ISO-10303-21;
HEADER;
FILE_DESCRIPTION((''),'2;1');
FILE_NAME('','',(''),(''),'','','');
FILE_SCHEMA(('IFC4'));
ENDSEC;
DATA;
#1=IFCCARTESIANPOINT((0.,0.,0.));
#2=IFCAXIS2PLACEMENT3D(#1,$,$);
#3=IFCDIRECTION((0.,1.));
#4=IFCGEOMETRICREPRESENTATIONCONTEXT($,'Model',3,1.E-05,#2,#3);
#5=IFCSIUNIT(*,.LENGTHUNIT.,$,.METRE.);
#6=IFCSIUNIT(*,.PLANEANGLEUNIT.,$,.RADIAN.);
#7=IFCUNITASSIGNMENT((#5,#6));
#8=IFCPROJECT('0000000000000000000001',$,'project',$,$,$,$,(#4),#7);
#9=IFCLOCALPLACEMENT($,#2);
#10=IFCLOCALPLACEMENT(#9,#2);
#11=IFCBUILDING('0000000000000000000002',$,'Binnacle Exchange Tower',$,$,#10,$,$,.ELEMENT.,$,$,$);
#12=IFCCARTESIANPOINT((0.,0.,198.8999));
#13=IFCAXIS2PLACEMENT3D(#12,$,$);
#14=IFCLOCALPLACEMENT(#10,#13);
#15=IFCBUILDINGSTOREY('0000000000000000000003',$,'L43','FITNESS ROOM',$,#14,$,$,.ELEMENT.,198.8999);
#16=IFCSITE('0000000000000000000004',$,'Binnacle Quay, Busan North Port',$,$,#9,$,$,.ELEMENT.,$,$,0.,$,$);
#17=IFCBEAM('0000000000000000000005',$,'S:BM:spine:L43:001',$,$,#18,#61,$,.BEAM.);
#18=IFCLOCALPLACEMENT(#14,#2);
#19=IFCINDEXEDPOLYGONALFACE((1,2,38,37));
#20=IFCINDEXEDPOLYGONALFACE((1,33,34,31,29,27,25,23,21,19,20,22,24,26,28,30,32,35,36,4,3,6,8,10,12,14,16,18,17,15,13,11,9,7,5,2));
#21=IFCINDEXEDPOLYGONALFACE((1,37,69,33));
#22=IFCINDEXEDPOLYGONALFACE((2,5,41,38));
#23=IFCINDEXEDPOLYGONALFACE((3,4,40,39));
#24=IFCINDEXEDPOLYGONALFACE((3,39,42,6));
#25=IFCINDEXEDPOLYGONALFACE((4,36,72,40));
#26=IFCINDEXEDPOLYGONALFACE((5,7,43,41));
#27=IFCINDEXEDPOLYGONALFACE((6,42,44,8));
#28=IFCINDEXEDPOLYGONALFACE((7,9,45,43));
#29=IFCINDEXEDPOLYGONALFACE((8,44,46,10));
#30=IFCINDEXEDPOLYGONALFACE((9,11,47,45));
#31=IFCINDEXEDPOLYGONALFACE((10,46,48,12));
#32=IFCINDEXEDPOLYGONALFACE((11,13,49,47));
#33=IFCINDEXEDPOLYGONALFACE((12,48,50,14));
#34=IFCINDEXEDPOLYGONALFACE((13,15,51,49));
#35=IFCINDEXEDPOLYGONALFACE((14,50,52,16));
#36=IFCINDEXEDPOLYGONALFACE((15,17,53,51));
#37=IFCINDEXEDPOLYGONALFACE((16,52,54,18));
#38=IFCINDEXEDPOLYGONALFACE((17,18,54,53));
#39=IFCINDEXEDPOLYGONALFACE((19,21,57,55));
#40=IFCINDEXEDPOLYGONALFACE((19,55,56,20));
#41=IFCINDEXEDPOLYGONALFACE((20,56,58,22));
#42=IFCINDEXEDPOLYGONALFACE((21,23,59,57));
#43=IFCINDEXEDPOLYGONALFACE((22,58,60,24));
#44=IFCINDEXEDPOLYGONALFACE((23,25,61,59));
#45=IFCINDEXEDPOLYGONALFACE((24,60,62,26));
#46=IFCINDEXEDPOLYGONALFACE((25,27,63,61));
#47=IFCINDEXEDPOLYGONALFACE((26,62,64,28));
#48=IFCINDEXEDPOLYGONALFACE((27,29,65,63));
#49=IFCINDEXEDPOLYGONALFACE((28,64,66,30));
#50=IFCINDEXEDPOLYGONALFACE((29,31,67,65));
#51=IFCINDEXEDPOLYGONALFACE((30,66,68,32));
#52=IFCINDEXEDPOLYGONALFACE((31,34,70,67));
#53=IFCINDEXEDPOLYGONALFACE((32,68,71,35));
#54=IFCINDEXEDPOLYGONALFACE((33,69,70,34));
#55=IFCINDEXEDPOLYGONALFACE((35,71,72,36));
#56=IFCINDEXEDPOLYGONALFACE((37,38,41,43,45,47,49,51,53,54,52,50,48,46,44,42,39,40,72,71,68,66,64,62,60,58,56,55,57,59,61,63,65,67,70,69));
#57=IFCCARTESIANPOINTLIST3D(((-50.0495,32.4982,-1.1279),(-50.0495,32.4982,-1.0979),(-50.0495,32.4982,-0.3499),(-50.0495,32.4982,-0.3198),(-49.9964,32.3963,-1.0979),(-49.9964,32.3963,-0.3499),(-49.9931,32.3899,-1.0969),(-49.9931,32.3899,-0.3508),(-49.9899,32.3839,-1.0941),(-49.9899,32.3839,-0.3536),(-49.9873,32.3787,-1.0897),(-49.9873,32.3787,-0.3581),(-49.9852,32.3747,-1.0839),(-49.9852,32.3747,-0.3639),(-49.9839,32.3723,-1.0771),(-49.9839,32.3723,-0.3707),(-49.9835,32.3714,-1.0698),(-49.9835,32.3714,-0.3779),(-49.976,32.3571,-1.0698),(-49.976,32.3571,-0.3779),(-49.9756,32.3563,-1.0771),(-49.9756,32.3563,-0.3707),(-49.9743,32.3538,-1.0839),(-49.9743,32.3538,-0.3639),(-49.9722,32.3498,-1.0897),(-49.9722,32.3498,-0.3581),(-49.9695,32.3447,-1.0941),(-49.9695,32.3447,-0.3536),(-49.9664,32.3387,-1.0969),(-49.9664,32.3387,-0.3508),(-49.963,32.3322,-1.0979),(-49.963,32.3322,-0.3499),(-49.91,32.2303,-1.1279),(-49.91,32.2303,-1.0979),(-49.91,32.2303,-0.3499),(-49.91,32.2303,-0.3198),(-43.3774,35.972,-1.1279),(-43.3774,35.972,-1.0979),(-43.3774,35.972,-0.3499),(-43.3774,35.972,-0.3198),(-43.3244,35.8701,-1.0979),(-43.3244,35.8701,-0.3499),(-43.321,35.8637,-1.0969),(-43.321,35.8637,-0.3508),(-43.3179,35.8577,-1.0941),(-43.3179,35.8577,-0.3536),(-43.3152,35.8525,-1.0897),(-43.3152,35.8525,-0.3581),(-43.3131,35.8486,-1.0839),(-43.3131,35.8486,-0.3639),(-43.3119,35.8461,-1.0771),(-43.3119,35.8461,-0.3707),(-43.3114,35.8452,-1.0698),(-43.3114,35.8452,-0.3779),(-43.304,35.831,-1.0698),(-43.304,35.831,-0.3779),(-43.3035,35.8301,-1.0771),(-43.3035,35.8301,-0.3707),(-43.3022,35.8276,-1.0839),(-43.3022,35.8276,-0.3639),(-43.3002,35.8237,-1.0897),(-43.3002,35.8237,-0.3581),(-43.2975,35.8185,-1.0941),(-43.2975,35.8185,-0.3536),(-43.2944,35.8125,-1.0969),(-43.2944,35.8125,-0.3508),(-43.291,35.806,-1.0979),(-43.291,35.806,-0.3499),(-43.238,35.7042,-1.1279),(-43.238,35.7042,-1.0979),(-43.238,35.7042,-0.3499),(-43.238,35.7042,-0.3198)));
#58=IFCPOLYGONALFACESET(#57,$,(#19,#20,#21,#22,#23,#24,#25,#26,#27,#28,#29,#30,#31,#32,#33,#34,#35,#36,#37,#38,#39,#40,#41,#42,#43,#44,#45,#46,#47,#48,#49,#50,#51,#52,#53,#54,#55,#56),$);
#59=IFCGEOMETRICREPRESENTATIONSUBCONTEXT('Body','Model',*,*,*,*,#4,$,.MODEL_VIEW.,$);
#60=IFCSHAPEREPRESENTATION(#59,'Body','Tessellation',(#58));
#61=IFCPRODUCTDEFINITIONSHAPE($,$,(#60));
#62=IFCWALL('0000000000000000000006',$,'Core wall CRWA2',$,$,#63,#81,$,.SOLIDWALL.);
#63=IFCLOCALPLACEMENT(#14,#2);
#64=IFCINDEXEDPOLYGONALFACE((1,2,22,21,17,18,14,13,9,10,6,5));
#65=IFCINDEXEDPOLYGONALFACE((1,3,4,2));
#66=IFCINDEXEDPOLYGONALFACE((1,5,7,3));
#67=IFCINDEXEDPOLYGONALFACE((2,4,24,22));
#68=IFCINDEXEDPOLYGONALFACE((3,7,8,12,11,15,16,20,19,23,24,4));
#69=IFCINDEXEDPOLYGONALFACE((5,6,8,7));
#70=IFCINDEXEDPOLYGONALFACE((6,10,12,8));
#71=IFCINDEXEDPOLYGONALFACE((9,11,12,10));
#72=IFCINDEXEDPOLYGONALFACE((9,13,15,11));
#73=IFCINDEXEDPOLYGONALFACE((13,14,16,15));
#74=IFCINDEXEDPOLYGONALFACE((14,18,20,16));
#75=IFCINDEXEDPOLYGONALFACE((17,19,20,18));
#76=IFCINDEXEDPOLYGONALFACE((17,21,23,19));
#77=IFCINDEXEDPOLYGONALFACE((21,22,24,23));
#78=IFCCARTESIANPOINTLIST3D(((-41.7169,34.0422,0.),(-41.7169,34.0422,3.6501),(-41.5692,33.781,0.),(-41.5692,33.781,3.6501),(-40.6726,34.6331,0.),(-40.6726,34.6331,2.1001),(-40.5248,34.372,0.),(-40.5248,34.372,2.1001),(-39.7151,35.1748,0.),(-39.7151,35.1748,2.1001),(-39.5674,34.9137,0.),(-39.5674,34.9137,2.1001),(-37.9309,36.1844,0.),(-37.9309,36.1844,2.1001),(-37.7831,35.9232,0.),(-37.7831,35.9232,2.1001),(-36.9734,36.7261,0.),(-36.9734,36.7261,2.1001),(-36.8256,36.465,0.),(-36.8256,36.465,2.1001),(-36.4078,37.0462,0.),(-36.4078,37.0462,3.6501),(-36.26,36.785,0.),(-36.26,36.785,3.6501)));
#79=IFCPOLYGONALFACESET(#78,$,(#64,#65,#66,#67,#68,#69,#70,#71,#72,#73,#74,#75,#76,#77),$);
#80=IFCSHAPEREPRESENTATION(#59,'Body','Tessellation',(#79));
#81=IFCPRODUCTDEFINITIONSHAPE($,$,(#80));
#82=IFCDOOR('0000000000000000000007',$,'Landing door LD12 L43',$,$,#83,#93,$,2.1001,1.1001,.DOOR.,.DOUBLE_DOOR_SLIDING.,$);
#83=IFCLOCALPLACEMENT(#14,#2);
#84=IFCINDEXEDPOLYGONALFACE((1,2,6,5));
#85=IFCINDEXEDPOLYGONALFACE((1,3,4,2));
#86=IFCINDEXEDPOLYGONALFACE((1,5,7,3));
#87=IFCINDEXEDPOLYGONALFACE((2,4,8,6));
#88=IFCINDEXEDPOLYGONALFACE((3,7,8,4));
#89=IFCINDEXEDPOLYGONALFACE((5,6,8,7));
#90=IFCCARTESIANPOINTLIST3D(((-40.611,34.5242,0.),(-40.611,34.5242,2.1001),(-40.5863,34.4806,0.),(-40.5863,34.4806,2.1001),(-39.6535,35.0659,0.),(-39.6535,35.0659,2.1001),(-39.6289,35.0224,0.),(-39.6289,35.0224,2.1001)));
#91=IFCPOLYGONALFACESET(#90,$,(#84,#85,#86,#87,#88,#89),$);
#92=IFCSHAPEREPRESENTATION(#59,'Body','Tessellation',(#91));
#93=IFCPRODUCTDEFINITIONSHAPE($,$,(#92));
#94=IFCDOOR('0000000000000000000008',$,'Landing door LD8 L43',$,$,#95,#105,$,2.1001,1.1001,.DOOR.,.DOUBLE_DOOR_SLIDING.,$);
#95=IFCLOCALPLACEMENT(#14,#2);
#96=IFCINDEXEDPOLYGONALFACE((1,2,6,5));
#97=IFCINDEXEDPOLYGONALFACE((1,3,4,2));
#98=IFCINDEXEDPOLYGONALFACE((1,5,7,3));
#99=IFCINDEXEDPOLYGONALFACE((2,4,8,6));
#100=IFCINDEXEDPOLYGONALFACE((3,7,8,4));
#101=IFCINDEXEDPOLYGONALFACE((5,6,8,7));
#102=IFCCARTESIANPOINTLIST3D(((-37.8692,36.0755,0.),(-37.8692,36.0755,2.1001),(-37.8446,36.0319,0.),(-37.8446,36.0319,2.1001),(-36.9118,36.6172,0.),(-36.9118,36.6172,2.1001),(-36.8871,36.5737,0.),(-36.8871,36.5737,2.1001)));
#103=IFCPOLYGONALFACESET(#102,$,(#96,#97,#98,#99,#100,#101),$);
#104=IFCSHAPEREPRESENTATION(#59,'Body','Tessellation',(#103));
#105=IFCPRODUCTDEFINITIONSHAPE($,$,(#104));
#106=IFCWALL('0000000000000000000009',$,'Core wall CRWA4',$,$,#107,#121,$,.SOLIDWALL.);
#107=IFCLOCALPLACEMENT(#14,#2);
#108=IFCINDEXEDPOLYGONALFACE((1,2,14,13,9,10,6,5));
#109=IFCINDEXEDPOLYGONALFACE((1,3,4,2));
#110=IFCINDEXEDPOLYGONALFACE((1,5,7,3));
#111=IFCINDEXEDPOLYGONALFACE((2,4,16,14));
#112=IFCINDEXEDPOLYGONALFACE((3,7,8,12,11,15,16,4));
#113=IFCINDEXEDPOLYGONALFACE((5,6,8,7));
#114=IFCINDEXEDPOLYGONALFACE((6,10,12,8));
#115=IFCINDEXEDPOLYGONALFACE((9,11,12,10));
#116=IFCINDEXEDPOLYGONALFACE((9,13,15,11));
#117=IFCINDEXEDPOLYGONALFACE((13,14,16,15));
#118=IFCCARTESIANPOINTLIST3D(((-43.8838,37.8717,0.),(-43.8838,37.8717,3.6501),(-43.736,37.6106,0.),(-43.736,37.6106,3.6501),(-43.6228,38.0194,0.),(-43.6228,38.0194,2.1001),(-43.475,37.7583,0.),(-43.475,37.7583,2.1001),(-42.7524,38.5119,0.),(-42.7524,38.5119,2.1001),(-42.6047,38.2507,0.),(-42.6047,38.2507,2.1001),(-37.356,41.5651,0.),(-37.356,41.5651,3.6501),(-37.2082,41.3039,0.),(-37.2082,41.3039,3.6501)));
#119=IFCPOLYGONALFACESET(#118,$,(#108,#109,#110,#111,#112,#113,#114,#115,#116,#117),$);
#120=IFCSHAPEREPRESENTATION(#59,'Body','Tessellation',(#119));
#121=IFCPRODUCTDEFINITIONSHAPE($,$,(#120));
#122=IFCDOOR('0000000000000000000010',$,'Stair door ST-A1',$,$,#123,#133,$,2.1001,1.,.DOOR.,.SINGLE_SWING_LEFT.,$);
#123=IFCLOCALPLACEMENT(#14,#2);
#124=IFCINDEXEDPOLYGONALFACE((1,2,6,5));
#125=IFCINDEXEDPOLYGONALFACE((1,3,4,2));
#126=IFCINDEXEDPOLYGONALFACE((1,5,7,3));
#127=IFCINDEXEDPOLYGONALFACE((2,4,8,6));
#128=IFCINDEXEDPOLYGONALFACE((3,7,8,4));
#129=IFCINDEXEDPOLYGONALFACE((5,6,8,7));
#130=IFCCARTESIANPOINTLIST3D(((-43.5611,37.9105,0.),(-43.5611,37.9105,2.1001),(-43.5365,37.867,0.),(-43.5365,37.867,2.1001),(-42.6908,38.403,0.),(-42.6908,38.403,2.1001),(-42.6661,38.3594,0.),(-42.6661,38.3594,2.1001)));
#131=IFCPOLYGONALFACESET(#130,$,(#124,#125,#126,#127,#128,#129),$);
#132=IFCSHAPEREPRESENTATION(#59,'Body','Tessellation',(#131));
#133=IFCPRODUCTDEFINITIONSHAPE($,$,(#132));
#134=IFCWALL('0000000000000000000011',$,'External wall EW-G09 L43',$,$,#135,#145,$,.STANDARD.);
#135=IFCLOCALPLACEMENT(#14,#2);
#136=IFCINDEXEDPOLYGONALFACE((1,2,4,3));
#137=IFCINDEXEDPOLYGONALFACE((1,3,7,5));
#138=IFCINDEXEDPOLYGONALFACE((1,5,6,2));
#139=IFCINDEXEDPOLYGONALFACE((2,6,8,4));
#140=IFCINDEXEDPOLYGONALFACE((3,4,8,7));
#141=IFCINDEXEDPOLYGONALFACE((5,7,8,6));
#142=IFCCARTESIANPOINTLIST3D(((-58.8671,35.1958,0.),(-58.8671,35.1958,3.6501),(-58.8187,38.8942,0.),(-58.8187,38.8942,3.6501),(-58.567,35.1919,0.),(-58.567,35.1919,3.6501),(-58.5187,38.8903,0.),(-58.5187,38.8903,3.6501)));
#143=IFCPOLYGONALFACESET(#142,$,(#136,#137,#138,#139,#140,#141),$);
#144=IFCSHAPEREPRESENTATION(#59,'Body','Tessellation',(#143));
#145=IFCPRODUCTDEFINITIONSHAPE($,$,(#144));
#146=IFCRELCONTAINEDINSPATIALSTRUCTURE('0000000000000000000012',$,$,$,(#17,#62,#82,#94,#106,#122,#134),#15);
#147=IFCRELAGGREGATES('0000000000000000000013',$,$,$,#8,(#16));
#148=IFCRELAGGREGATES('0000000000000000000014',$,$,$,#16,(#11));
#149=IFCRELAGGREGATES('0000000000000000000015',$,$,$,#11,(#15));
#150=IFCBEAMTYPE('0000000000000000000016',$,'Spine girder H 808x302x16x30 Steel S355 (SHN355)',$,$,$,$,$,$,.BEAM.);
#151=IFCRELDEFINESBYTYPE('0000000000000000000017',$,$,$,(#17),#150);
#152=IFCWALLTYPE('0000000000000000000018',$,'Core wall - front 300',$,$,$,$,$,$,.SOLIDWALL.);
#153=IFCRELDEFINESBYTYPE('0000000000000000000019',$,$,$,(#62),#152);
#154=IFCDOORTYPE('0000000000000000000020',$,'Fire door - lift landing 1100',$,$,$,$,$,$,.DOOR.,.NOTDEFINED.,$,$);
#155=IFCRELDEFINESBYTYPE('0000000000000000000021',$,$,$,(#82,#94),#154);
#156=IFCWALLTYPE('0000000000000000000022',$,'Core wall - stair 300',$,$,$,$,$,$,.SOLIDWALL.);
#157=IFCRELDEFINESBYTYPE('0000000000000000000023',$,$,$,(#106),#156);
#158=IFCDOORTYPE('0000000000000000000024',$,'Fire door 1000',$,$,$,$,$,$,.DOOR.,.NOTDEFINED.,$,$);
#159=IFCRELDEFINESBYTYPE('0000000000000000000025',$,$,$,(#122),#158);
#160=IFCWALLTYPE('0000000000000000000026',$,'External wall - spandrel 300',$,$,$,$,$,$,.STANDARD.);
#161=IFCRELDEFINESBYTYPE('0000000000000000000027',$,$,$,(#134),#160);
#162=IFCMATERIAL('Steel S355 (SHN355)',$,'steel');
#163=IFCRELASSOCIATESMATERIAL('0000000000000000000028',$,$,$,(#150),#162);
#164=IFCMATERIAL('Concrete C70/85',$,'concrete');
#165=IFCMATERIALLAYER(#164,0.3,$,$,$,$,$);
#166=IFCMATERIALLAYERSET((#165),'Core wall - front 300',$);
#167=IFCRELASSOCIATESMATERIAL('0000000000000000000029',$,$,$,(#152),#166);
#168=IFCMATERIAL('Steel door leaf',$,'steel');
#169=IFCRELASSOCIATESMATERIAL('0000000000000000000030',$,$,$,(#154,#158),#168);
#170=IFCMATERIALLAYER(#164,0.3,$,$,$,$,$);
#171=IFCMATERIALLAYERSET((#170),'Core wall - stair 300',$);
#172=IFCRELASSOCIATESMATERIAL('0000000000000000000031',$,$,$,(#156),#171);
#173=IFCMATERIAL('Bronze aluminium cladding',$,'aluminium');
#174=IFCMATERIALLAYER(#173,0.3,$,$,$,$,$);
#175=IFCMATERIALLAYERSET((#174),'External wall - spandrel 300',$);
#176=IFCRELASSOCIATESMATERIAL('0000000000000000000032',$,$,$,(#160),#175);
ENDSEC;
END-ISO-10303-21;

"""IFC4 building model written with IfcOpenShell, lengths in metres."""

from ifc_helpers import new_model, si_unit, direction, frame, frame_2d, origin, origin_2d, place, context, subcontext, project, spatial, rectangle, i_section, extrude, material, layer, layer_set, material_profile, profile_set, type_object, element, fill, save


model = new_model("IFC4")

# Units and contexts
model_context = context("Model", 3, precision=1e-05, world=origin(), true_north=direction((0.0, 1.0)))
body_context = subcontext(model_context, "Body", "Model", "MODEL_VIEW")
ifc_project = project(units=[si_unit("LENGTHUNIT", "METRE"), si_unit("PLANEANGLEUNIT", "RADIAN")], contexts=[model_context])

# Site, building, storey
site_placement = place(None, origin())
site = spatial("IfcSite", under=ifc_project, at=site_placement, Name="Binnacle Quay, Busan North Port", CompositionType="ELEMENT", RefElevation=0.0)
building_placement = place(site_placement, origin())
building = spatial("IfcBuilding", under=site, at=building_placement, Name="Binnacle Exchange Tower", CompositionType="ELEMENT")
storey_placement = place(building_placement, frame((0.0, 0.0, 198.8999)))
storey = spatial("IfcBuildingStorey", under=building, at=storey_placement, Name="L43", Description="FITNESS ROOM", CompositionType="ELEMENT", Elevation=198.8999)

# Shared definitions
ifc_material_1 = material(Name="Concrete C70/85", Category="concrete")

# Beam
ifc_material_2 = material(Name="Steel S355 (SHN355)", Category="steel")
ifc_material_profile_1 = material_profile(ifc_material_2, i_section(OverallWidth=0.302, OverallDepth=0.8081, WebThickness=0.0161, FlangeThickness=0.03, FilletRadius=0.0281, at=origin_2d()), Name="H 808x302x16x30")
ifc_profile_set_1 = profile_set([ifc_material_profile_1], Name="Steel S355 (SHN355)")
beam_type_1 = type_object("IfcBeamType", Name="Spine girder H 808x302x16x30 Steel S355 (SHN355)", PredefinedType="BEAM", material=ifc_profile_set_1)
beam_1_placement = place(storey_placement, frame((-49.9797, 32.3643, -0.7239), z_axis=(0.886979, 0.46181, 0.0), x_axis=(-0.46181, 0.886979, 0.0)))
element("IfcBeam", 1, at=beam_1_placement, inside=storey, type_object=beam_type_1, Name="S:BM:spine:L43:001", PredefinedType="BEAM", context=body_context, shape_type="SweptSolid", body=[
    extrude(i_section(OverallWidth=0.302, OverallDepth=0.8081, WebThickness=0.0161, FlangeThickness=0.03, FilletRadius=0.0281, at=origin_2d()), origin(), (0.0, 0.0, 1.0), 7.5222),
])

# Wall, openings, doors
ifc_layer_1 = layer(ifc_material_1, 0.3)
ifc_layer_set_1 = layer_set([ifc_layer_1], Name="Core wall - front 300")
wall_type_1 = type_object("IfcWallType", Name="Core wall - front 300", PredefinedType="SOLIDWALL", material=ifc_layer_set_1)
wall_1_placement = place(storey_placement, frame((-41.6431, 33.9116, 0.0), z_axis=(0.0, 0.0, 1.0), x_axis=(0.870344, 0.492445, 0.0)))
wall_1 = element("IfcWall", 2, at=wall_1_placement, inside=storey, type_object=wall_type_1, Name="Core wall CRWA2", PredefinedType="SOLIDWALL", context=body_context, shape_type="SweptSolid", body=[
    extrude(rectangle(XDim=6.1001, YDim=0.3, at=frame_2d((3.05, 0.0))), origin(), (0.0, 0.0, 1.0), 3.6501),
])
opening_1_placement = place(wall_1_placement, frame((1.2, 0.0, 0.0)))
opening_1 = element("IfcOpeningElement", 3, at=opening_1_placement, cuts=wall_1, PredefinedType="OPENING", context=body_context, shape_type="SweptSolid", body=[
    extrude(rectangle(XDim=1.1001, YDim=2.1001, at=frame_2d((0.55, 1.05))), frame((0.0, 0.1599, 0.0), z_axis=(0.0, -1.0, 0.0), x_axis=(1.0, 0.0, 0.0)), (0.0, 0.0, 1.0), 0.3201),
])
opening_2_placement = place(wall_1_placement, frame((4.3501, 0.0, 0.0)))
opening_2 = element("IfcOpeningElement", 4, at=opening_2_placement, cuts=wall_1, PredefinedType="OPENING", context=body_context, shape_type="SweptSolid", body=[
    extrude(rectangle(XDim=1.1001, YDim=2.1001, at=frame_2d((0.55, 1.05))), frame((0.0, 0.1599, 0.0), z_axis=(0.0, -1.0, 0.0), x_axis=(1.0, 0.0, 0.0)), (0.0, 0.0, 1.0), 0.3201),
])
ifc_material_3 = material(Name="Steel door leaf", Category="steel")
door_type_1 = type_object("IfcDoorType", Name="Fire door - lift landing 1100", OperationType="NOTDEFINED", PredefinedType="DOOR", material=ifc_material_3)
door_1_placement = place(opening_1_placement, origin())
door_1 = element("IfcDoor", 5, at=door_1_placement, inside=storey, type_object=door_type_1, Name="Landing door LD12 L43", OperationType="DOUBLE_DOOR_SLIDING", OverallHeight=2.1001, OverallWidth=1.1001, PredefinedType="DOOR", context=body_context, shape_type="SweptSolid", body=[
    extrude(rectangle(XDim=1.1001, YDim=2.1001, at=frame_2d((0.55, 1.05))), frame((0.0, 0.0249, 0.0), z_axis=(0.0, -1.0, 0.0), x_axis=(1.0, 0.0, 0.0)), (0.0, 0.0, 1.0), 0.05),
])
fill(opening_1, door_1)
door_2_placement = place(opening_2_placement, origin())
door_2 = element("IfcDoor", 6, at=door_2_placement, inside=storey, type_object=door_type_1, Name="Landing door LD8 L43", OperationType="DOUBLE_DOOR_SLIDING", OverallHeight=2.1001, OverallWidth=1.1001, PredefinedType="DOOR", context=body_context, shape_type="SweptSolid", body=[
    extrude(rectangle(XDim=1.1001, YDim=2.1001, at=frame_2d((0.55, 1.05))), frame((0.0, 0.0249, 0.0), z_axis=(0.0, -1.0, 0.0), x_axis=(1.0, 0.0, 0.0)), (0.0, 0.0, 1.0), 0.05),
])
fill(opening_2, door_2)

# Wall, opening, door
ifc_layer_2 = layer(ifc_material_1, 0.3)
ifc_layer_set_2 = layer_set([ifc_layer_2], Name="Core wall - stair 300")
wall_type_2 = type_object("IfcWallType", Name="Core wall - stair 300", PredefinedType="SOLIDWALL", material=ifc_layer_set_2)
wall_2_placement = place(storey_placement, frame((-43.8098, 37.7412, 0.0), z_axis=(0.0, 0.0, 1.0), x_axis=(0.870351, 0.492433, 0.0)))
wall_2 = element("IfcWall", 7, at=wall_2_placement, inside=storey, type_object=wall_type_2, Name="Core wall CRWA4", PredefinedType="SOLIDWALL", context=body_context, shape_type="SweptSolid", body=[
    extrude(rectangle(XDim=7.5002, YDim=0.3, at=frame_2d((3.75, 0.0))), origin(), (0.0, 0.0, 1.0), 3.6501),
])
opening_3_placement = place(wall_2_placement, frame((0.2998, 0.0, 0.0)))
opening_3 = element("IfcOpeningElement", 8, at=opening_3_placement, cuts=wall_2, PredefinedType="OPENING", context=body_context, shape_type="SweptSolid", body=[
    extrude(rectangle(XDim=1.0, YDim=2.1001, at=frame_2d((0.5, 1.05))), frame((0.0, 0.1599, 0.0), z_axis=(0.0, -1.0, 0.0), x_axis=(1.0, 0.0, 0.0)), (0.0, 0.0, 1.0), 0.3201),
])
door_type_2 = type_object("IfcDoorType", Name="Fire door 1000", OperationType="NOTDEFINED", PredefinedType="DOOR", material=ifc_material_3)
door_3_placement = place(opening_3_placement, origin())
door_3 = element("IfcDoor", 9, at=door_3_placement, inside=storey, type_object=door_type_2, Name="Stair door ST-A1", OperationType="SINGLE_SWING_LEFT", OverallHeight=2.1001, OverallWidth=1.0, PredefinedType="DOOR", context=body_context, shape_type="SweptSolid", body=[
    extrude(rectangle(XDim=1.0, YDim=2.1001, at=frame_2d((0.5, 1.05))), frame((0.0, 0.0249, 0.0), z_axis=(0.0, -1.0, 0.0), x_axis=(1.0, 0.0, 0.0)), (0.0, 0.0, 1.0), 0.05),
])
fill(opening_3, door_3)

# Wall
ifc_material_4 = material(Name="Bronze aluminium cladding", Category="aluminium")
ifc_layer_3 = layer(ifc_material_4, 0.3)
ifc_layer_set_3 = layer_set([ifc_layer_3], Name="External wall - spandrel 300")
wall_type_3 = type_object("IfcWallType", Name="External wall - spandrel 300", PredefinedType="STANDARD", material=ifc_layer_set_3)
wall_3_placement = place(storey_placement, frame((-58.717, 35.1938, 0.0), z_axis=(0.0, 0.0, 1.0), x_axis=(0.013069, 0.999915, 0.0)))
element("IfcWall", 10, at=wall_3_placement, inside=storey, type_object=wall_type_3, Name="External wall EW-G09 L43", PredefinedType="STANDARD", context=body_context, shape_type="SweptSolid", body=[
    extrude(rectangle(XDim=3.6987, YDim=0.3, at=frame_2d((1.8494, 0.0))), origin(), (0.0, 0.0, 1.0), 3.6501),
])

save(model, "model.ifc")
